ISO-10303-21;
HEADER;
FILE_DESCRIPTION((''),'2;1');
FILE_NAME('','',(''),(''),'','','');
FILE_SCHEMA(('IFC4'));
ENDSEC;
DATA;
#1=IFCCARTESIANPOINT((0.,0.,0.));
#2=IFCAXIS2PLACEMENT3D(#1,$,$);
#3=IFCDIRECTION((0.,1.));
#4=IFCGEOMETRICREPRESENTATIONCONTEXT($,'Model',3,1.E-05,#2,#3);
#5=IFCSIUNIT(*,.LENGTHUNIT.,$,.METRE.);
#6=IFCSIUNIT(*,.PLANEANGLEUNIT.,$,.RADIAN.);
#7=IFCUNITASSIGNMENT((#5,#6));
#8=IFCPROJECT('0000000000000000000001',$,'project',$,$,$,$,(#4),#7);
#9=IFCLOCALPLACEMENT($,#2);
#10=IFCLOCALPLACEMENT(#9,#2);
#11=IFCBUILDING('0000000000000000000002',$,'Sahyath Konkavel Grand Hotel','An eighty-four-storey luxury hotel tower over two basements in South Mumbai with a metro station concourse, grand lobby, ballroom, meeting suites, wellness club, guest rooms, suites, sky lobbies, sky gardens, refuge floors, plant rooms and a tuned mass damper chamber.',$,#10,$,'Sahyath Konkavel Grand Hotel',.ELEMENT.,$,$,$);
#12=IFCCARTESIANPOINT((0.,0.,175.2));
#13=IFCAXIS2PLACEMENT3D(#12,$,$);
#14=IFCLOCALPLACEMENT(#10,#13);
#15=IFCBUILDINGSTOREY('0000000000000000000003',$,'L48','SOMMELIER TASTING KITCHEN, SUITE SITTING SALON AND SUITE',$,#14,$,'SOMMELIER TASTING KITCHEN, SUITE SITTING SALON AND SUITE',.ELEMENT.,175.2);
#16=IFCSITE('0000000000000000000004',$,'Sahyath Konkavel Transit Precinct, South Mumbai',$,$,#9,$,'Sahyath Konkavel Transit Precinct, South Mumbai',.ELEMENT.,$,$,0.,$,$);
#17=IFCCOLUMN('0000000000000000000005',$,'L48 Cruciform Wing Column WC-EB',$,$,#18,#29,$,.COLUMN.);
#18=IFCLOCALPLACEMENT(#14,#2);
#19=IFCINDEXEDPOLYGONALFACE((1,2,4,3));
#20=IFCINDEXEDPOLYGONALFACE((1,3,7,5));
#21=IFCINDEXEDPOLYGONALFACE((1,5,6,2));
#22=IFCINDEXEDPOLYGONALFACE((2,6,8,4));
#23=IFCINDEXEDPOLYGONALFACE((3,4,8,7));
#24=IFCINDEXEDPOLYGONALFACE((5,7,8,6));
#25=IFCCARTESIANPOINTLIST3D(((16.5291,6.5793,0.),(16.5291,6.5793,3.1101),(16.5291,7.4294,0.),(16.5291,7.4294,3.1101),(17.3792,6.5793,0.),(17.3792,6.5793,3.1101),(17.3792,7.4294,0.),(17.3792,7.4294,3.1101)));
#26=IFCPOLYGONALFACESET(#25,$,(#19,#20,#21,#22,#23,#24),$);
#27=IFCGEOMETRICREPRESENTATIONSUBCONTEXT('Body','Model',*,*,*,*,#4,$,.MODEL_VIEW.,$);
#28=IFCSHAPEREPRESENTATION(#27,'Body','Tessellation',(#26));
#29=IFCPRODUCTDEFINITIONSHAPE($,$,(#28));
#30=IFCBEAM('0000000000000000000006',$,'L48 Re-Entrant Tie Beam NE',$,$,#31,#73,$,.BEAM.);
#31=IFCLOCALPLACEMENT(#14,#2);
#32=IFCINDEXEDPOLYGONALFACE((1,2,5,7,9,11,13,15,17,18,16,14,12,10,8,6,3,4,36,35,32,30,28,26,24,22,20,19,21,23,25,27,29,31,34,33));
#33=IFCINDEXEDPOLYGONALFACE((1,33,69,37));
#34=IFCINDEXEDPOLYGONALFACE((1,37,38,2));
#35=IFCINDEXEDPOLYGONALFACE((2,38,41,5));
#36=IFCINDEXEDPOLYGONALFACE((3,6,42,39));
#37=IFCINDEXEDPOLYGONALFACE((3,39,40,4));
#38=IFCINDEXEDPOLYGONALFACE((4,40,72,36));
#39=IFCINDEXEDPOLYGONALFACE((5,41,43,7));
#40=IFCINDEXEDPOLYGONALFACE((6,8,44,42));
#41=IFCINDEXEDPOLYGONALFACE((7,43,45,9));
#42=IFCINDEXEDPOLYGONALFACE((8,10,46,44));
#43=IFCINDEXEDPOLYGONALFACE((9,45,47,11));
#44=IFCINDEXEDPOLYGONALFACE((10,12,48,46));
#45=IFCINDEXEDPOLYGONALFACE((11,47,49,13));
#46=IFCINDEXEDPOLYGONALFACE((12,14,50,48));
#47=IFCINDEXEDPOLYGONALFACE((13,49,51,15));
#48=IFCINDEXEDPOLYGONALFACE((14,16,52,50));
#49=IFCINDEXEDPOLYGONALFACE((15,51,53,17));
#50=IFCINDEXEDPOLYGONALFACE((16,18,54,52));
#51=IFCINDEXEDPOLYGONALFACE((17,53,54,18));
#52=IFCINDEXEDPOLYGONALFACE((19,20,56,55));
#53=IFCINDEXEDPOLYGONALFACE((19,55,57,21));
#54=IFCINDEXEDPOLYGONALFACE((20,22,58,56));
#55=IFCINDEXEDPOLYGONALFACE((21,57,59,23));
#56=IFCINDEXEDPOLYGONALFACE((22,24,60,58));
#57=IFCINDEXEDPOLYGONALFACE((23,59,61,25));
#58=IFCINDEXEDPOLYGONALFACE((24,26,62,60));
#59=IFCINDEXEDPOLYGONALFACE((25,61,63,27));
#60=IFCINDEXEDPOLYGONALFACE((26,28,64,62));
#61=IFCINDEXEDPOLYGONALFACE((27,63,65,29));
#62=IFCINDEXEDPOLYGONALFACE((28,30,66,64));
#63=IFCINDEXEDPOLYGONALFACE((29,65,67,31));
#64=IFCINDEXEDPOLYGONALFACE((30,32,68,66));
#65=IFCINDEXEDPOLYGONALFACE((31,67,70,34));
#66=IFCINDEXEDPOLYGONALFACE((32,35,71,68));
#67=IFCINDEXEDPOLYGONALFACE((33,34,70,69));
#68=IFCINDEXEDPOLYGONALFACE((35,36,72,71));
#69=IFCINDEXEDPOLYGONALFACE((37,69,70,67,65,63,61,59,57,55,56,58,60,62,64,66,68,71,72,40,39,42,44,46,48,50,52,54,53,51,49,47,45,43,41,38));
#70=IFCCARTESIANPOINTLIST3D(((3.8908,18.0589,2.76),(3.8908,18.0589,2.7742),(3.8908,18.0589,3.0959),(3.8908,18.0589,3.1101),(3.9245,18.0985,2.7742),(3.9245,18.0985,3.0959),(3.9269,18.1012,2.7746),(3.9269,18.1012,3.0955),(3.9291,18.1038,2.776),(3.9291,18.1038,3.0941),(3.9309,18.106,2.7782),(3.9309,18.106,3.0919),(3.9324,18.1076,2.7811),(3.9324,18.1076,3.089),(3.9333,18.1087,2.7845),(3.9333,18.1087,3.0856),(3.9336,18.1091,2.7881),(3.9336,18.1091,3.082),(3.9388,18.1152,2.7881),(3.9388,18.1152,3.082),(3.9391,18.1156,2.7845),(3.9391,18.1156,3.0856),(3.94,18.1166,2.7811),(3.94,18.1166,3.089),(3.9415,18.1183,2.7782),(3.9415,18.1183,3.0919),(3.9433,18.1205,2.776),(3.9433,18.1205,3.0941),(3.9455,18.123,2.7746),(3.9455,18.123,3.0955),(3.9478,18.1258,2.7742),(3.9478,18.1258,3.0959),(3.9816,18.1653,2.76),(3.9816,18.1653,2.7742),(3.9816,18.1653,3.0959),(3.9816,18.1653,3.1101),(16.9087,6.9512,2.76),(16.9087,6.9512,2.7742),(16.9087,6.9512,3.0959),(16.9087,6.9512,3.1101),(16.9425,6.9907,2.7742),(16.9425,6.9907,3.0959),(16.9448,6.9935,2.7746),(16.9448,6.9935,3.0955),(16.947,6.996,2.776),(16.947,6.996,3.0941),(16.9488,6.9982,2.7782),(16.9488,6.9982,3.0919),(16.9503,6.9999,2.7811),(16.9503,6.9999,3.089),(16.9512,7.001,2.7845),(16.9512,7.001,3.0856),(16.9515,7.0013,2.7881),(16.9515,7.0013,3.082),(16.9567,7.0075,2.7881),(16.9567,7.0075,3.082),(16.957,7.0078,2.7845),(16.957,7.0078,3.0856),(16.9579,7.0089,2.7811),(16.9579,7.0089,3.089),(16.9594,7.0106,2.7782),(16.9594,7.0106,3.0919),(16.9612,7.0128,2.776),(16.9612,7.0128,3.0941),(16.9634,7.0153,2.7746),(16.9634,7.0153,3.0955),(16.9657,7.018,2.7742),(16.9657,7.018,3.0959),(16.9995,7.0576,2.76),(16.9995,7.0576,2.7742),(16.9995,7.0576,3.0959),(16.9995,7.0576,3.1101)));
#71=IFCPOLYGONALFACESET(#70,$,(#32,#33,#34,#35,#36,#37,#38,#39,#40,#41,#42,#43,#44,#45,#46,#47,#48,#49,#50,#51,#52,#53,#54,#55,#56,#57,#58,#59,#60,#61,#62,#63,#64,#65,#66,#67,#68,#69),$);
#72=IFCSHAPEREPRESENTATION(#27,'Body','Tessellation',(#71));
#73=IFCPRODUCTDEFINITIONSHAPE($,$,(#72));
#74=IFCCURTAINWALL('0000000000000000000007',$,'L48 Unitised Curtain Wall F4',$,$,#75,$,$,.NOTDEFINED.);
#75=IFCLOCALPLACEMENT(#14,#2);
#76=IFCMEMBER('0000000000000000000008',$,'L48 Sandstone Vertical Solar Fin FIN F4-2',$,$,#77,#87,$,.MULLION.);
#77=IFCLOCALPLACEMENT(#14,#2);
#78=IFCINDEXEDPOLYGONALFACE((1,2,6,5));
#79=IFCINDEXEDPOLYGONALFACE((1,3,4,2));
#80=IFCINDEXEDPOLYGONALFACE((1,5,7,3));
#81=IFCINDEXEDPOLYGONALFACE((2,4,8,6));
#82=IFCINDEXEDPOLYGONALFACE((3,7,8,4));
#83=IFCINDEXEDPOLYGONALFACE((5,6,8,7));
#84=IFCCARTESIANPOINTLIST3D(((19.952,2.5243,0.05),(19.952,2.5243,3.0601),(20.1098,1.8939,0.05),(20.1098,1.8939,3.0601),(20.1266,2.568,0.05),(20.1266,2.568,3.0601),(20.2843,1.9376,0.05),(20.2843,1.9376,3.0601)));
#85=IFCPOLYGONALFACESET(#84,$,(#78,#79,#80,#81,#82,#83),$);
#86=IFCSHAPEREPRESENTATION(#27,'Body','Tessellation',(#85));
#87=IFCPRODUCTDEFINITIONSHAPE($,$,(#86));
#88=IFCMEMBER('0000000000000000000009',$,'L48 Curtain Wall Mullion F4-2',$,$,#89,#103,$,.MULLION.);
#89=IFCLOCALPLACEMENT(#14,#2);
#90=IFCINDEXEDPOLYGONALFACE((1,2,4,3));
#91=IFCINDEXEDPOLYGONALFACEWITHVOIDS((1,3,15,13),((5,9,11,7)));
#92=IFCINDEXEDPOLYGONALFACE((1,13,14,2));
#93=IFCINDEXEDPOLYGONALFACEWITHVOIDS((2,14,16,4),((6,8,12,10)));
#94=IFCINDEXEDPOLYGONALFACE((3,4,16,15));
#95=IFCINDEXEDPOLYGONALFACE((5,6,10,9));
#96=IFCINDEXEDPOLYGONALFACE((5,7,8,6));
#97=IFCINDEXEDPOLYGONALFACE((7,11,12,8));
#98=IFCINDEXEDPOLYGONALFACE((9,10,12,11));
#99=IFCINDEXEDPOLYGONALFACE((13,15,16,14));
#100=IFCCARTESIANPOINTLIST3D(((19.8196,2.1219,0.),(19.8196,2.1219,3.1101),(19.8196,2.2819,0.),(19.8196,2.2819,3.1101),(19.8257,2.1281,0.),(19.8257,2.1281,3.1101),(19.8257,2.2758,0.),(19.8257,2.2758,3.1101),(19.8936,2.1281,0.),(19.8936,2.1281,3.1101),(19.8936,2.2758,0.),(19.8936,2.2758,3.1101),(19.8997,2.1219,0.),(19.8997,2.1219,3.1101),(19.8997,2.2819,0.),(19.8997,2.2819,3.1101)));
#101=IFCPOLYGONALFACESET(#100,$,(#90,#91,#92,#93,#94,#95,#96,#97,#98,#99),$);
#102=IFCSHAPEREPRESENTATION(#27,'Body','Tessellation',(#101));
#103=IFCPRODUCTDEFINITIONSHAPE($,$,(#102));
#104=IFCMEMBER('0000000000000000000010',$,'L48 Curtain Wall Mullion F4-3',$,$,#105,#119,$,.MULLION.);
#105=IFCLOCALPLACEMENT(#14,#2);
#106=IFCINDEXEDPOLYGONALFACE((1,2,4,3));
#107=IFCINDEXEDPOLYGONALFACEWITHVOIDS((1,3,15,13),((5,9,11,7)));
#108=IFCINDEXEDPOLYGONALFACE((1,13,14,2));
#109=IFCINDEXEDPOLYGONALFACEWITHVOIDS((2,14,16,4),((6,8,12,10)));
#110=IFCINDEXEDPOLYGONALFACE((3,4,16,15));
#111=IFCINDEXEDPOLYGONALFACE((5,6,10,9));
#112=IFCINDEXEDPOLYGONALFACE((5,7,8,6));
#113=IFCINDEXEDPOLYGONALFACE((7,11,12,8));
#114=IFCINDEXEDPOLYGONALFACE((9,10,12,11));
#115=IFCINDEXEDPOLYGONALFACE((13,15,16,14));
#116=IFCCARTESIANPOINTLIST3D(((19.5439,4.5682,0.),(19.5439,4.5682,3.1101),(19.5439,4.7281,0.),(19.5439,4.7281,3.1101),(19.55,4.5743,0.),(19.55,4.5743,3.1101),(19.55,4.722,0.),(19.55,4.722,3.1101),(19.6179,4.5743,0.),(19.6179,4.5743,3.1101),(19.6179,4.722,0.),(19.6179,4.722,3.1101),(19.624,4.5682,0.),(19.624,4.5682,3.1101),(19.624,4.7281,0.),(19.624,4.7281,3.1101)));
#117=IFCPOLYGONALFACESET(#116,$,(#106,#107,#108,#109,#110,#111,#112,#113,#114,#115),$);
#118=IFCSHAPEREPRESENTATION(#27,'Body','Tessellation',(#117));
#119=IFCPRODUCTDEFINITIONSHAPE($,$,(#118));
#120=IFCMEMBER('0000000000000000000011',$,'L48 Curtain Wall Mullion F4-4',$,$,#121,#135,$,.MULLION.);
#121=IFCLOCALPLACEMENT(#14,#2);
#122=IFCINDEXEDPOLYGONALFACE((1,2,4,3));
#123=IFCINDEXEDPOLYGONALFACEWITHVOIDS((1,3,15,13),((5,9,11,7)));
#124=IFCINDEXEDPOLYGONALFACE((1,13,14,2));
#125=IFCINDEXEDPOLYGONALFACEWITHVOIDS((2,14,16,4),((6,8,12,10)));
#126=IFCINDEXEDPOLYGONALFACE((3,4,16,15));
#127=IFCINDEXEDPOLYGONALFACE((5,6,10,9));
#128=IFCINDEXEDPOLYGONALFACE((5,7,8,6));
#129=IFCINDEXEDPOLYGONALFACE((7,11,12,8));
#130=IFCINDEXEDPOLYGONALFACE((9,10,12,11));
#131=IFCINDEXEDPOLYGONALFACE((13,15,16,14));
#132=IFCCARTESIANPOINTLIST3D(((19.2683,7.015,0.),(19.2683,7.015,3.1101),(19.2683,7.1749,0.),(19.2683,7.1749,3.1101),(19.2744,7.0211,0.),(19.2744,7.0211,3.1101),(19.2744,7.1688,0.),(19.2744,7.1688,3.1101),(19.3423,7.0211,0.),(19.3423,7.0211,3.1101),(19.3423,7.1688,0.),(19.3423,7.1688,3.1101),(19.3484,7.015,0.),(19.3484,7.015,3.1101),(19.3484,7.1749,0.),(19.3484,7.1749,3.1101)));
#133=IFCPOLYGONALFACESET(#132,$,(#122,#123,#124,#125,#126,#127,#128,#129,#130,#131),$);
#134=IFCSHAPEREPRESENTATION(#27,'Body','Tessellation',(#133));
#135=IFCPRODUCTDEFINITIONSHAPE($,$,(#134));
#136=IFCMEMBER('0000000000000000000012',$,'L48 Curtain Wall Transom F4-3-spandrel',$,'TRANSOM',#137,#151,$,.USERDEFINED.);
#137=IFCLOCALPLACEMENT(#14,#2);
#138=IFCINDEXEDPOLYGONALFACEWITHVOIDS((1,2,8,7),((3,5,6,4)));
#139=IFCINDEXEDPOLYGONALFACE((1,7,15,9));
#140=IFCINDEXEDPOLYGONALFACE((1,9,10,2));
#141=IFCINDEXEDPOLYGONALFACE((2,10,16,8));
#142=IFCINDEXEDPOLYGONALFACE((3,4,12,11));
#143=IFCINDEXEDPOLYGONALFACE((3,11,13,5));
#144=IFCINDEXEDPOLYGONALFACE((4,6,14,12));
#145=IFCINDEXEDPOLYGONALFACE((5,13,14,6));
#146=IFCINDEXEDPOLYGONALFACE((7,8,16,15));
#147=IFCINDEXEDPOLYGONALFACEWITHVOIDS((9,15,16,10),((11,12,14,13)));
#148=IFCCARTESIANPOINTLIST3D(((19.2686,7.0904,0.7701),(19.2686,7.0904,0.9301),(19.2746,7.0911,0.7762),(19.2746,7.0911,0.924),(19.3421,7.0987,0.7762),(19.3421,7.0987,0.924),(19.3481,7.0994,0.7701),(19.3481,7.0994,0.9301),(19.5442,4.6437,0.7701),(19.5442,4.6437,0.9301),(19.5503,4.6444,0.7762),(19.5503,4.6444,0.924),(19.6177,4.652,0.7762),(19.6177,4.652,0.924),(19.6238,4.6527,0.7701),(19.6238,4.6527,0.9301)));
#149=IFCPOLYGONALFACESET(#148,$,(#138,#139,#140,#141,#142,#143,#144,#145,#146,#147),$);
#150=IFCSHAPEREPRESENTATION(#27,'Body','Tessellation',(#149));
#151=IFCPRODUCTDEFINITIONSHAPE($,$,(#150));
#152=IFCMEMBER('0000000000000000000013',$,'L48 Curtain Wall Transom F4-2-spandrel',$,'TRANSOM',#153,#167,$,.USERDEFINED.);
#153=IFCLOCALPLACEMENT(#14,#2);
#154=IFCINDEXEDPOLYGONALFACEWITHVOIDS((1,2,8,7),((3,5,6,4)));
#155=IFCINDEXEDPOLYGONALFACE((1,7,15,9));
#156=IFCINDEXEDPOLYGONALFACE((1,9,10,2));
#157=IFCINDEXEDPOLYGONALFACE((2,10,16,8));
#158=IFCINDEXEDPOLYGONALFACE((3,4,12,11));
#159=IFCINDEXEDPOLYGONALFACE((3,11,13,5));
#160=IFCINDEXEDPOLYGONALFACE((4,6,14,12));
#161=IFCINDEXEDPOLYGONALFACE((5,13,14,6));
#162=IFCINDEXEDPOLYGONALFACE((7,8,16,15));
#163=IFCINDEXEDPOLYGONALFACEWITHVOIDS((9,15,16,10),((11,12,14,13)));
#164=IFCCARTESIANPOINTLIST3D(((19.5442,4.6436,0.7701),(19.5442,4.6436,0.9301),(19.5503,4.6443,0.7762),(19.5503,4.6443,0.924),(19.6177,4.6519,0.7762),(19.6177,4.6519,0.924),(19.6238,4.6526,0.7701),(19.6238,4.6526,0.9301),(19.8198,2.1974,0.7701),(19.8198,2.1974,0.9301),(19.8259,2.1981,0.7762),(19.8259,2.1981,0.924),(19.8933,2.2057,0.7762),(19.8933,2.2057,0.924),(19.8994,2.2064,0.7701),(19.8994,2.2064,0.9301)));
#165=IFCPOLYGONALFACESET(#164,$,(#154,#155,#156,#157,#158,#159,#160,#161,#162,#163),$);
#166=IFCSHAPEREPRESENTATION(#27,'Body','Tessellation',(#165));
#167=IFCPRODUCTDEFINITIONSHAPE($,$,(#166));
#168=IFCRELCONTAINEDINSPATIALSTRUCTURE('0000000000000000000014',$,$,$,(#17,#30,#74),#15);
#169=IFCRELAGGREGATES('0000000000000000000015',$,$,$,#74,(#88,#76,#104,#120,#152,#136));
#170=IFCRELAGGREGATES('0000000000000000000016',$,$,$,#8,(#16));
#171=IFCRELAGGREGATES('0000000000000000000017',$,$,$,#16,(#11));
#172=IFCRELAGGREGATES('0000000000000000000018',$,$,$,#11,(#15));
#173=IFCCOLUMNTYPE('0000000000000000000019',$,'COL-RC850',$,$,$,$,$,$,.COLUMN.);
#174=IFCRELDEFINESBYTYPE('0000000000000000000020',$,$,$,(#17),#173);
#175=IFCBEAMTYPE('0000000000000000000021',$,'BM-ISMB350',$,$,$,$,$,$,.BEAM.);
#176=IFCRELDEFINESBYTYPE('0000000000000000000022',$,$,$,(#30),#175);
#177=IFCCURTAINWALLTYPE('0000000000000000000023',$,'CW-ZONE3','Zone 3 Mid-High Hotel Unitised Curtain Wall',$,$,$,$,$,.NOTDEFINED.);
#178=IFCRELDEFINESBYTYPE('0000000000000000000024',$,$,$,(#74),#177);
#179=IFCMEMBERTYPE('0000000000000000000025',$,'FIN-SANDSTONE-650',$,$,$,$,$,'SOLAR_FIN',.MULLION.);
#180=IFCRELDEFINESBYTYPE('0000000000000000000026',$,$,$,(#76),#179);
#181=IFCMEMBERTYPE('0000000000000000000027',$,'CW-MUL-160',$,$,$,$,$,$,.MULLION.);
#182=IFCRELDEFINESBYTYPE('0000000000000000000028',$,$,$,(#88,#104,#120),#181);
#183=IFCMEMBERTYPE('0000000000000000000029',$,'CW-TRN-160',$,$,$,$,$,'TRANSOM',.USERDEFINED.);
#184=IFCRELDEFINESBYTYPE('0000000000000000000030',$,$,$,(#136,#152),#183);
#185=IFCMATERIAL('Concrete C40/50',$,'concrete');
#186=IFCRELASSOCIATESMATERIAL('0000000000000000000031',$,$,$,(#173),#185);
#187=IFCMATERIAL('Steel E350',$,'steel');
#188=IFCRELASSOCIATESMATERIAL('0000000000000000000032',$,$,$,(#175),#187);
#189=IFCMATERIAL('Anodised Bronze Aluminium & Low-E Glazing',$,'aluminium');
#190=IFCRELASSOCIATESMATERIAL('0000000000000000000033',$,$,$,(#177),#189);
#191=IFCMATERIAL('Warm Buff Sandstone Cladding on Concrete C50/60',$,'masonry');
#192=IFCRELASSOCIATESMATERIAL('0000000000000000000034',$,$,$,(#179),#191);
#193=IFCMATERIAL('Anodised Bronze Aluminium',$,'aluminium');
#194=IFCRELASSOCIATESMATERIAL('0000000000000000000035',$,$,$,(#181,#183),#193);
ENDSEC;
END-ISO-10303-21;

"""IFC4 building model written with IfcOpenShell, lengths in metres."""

from ifc_helpers import new_model, si_unit, direction, frame, origin, origin_2d, place, context, subcontext, project, spatial, rectangle, hollow_rectangle, i_section, extrude, source, transform, mapped, material, material_profile, profile_set, type_object, element, aggregate, save


model = new_model("IFC4")

# Units and contexts
model_context = context("Model", 3, precision=1e-05, world=origin(), true_north=direction((0.0, 1.0)))
body_context = subcontext(model_context, "Body", "Model", "MODEL_VIEW")
ifc_project = project(units=[si_unit("LENGTHUNIT", "METRE"), si_unit("PLANEANGLEUNIT", "RADIAN")], contexts=[model_context])

# Site, building, storey
site_placement = place(None, origin())
site = spatial("IfcSite", under=ifc_project, at=site_placement, Name="Sahyath Konkavel Transit Precinct, South Mumbai", LongName="Sahyath Konkavel Transit Precinct, South Mumbai", CompositionType="ELEMENT", RefElevation=0.0)
building_placement = place(site_placement, origin())
building = spatial("IfcBuilding", under=site, at=building_placement, Name="Sahyath Konkavel Grand Hotel", Description="An eighty-four-storey luxury hotel tower over two basements in South Mumbai with a metro station concourse, grand lobby, ballroom, meeting suites, wellness club, guest rooms, suites, sky lobbies, sky gardens, refuge floors, plant rooms and a tuned mass damper chamber.", LongName="Sahyath Konkavel Grand Hotel", CompositionType="ELEMENT")
storey_placement = place(building_placement, frame((0.0, 0.0, 175.2)))
storey = spatial("IfcBuildingStorey", under=building, at=storey_placement, Name="L48", Description="SOMMELIER TASTING KITCHEN, SUITE SITTING SALON AND SUITE", LongName="SOMMELIER TASTING KITCHEN, SUITE SITTING SALON AND SUITE", CompositionType="ELEMENT", Elevation=175.2)

# Column
ifc_material_1 = material(Name="Concrete C40/50", Category="concrete")
ifc_material_profile_1 = material_profile(ifc_material_1, rectangle(XDim=0.8501, YDim=0.8501, at=origin_2d()), Name="RC 850x850")
ifc_profile_set_1 = profile_set([ifc_material_profile_1], Name="Concrete C40/50")
column_type = type_object("IfcColumnType", Name="COL-RC850", PredefinedType="COLUMN", material=ifc_profile_set_1)
shared_shape_1 = source(origin(), body_context, "Body", "SweptSolid", [
    extrude(rectangle(XDim=0.8501, YDim=0.8501, at=origin_2d()), origin(), (0.0, 0.0, 1.0), 3.1101),
])
column_placement = place(storey_placement, frame((16.9541, 7.0044, 0.0), z_axis=(0.0, 0.0, 1.0), x_axis=(1.0, 0.0, 0.0)))
element("IfcColumn", 1, at=column_placement, inside=storey, type_object=column_type, Name="L48 Cruciform Wing Column WC-EB", PredefinedType="COLUMN", context=body_context, shape_type="MappedRepresentation", body=[
    mapped(shared_shape_1, transform((0.0, 0.0, 0.0), scale=1.0)),
])

# Beam
ifc_material_2 = material(Name="Steel E350", Category="steel")
ifc_material_profile_2 = material_profile(ifc_material_2, i_section(OverallWidth=0.1399, OverallDepth=0.3501, WebThickness=0.0081, FlangeThickness=0.0142, FilletRadius=0.0139, at=origin_2d()), Name="ISMB 350")
ifc_profile_set_2 = profile_set([ifc_material_profile_2], Name="Steel E350")
beam_type_1 = type_object("IfcBeamType", Name="BM-ISMB350", PredefinedType="BEAM", material=ifc_profile_set_2)
shared_shape_2 = source(origin(), body_context, "Body", "SweptSolid", [
    extrude(i_section(OverallWidth=0.1399, OverallDepth=0.3501, WebThickness=0.0081, FlangeThickness=0.0142, FilletRadius=0.0139, at=origin_2d()), origin(), (0.0, 0.0, 1.0), 17.1128),
])
beam_1_placement = place(storey_placement, frame((16.9541, 7.0044, 2.9351), z_axis=(-0.760712, 0.64909, 0.0), x_axis=(-0.64909, -0.760712, 0.0)))
element("IfcBeam", 2, at=beam_1_placement, inside=storey, type_object=beam_type_1, Name="L48 Re-Entrant Tie Beam NE", PredefinedType="BEAM", context=body_context, shape_type="MappedRepresentation", body=[
    mapped(shared_shape_2, transform((0.0, 0.0, 0.0), scale=1.0)),
])

# Curtain wall, members
ifc_material_3 = material(Name="Anodised Bronze Aluminium & Low-E Glazing", Category="aluminium")
curtain_wall_type = type_object("IfcCurtainWallType", Name="CW-ZONE3", Description="Zone 3 Mid-High Hotel Unitised Curtain Wall", PredefinedType="NOTDEFINED", material=ifc_material_3)
curtain_wall_placement = place(storey_placement, origin())
curtain_wall = element("IfcCurtainWall", 3, at=curtain_wall_placement, inside=storey, type_object=curtain_wall_type, Name="L48 Unitised Curtain Wall F4", PredefinedType="NOTDEFINED")
ifc_material_4 = material(Name="Warm Buff Sandstone Cladding on Concrete C50/60", Category="masonry")
ifc_material_profile_3 = material_profile(ifc_material_4, rectangle(XDim=0.1799, YDim=0.6499, at=origin_2d()), Name="FIN 180x650")
ifc_profile_set_3 = profile_set([ifc_material_profile_3], Name="Warm Buff Sandstone Cladding on Concrete C50/60")
member_type_1 = type_object("IfcMemberType", Name="FIN-SANDSTONE-650", ElementType="SOLAR_FIN", PredefinedType="MULLION", material=ifc_profile_set_3)
shared_shape_3 = source(origin(), body_context, "Body", "SweptSolid", [
    extrude(rectangle(XDim=0.1799, YDim=0.6499, at=origin_2d()), origin(), (0.0, 0.0, 1.0), 3.01),
])
member_1_placement = place(storey_placement, frame((20.1182, 2.231, 0.05), z_axis=(0.0, 0.0, 1.0), x_axis=(0.970084, 0.242769, 0.0)))
member_1 = element("IfcMember", 4, at=member_1_placement, type_object=member_type_1, Name="L48 Sandstone Vertical Solar Fin FIN F4-2", PredefinedType="MULLION", context=body_context, shape_type="MappedRepresentation", body=[
    mapped(shared_shape_3, transform((0.0, 0.0, 0.0), scale=1.0)),
])
ifc_material_5 = material(Name="Anodised Bronze Aluminium", Category="aluminium")
ifc_material_profile_4 = material_profile(ifc_material_5, hollow_rectangle(XDim=0.0801, YDim=0.1599, WallThickness=0.0061, at=origin_2d()), Name="RHS 160x80x6")
ifc_profile_set_4 = profile_set([ifc_material_profile_4], Name="Anodised Bronze Aluminium")
member_type_2 = type_object("IfcMemberType", Name="CW-MUL-160", PredefinedType="MULLION", material=ifc_profile_set_4)
shared_shape_4 = source(origin(), body_context, "Body", "SweptSolid", [
    extrude(hollow_rectangle(XDim=0.0801, YDim=0.1599, WallThickness=0.0061, at=origin_2d()), origin(), (0.0, 0.0, 1.0), 3.1101),
])
member_2_placement = place(storey_placement, frame((19.8596, 2.2019, 0.0), z_axis=(0.0, 0.0, 1.0), x_axis=(1.0, 0.0, 0.0)))
member_2 = element("IfcMember", 5, at=member_2_placement, type_object=member_type_2, Name="L48 Curtain Wall Mullion F4-2", PredefinedType="MULLION", context=body_context, shape_type="MappedRepresentation", body=[
    mapped(shared_shape_4, transform((0.0, 0.0, 0.0), scale=1.0)),
])
member_3_placement = place(storey_placement, frame((19.584, 4.6482, 0.0), z_axis=(0.0, 0.0, 1.0), x_axis=(1.0, 0.0, 0.0)))
member_3 = element("IfcMember", 6, at=member_3_placement, type_object=member_type_2, Name="L48 Curtain Wall Mullion F4-3", PredefinedType="MULLION", context=body_context, shape_type="MappedRepresentation", body=[
    mapped(shared_shape_4, transform((0.0, 0.0, 0.0), scale=1.0)),
])
member_4_placement = place(storey_placement, frame((19.3083, 7.095, 0.0), z_axis=(0.0, 0.0, 1.0), x_axis=(1.0, 0.0, 0.0)))
member_4 = element("IfcMember", 7, at=member_4_placement, type_object=member_type_2, Name="L48 Curtain Wall Mullion F4-4", PredefinedType="MULLION", context=body_context, shape_type="MappedRepresentation", body=[
    mapped(shared_shape_4, transform((0.0, 0.0, 0.0), scale=1.0)),
])
ifc_material_profile_5 = material_profile(ifc_material_5, hollow_rectangle(XDim=0.0801, YDim=0.1599, WallThickness=0.0061, at=origin_2d()), Name="RHS 160x80x6")
ifc_profile_set_5 = profile_set([ifc_material_profile_5], Name="Anodised Bronze Aluminium")
member_type_3 = type_object("IfcMemberType", Name="CW-TRN-160", ElementType="TRANSOM", PredefinedType="USERDEFINED", material=ifc_profile_set_5)
shared_shape_5 = source(origin(), body_context, "Body", "SweptSolid", [
    extrude(hollow_rectangle(XDim=0.0801, YDim=0.1599, WallThickness=0.0061, at=origin_2d()), origin(), (0.0, 0.0, 1.0), 2.4622),
])
member_5_placement = place(storey_placement, frame((19.584, 4.6482, 0.8501), z_axis=(-0.111944, 0.993715, 0.0), x_axis=(-0.993715, -0.111944, 0.0)))
member_5 = element("IfcMember", 8, at=member_5_placement, type_object=member_type_3, Name="L48 Curtain Wall Transom F4-3-spandrel", ObjectType="TRANSOM", PredefinedType="USERDEFINED", context=body_context, shape_type="MappedRepresentation", body=[
    mapped(shared_shape_5, transform((0.0, 0.0, 0.0), scale=1.0)),
])
shared_shape_6 = source(origin(), body_context, "Body", "SweptSolid", [
    extrude(hollow_rectangle(XDim=0.0801, YDim=0.1599, WallThickness=0.0061, at=origin_2d()), origin(), (0.0, 0.0, 1.0), 2.4617),
])
member_6_placement = place(storey_placement, frame((19.8596, 2.2019, 0.8501), z_axis=(-0.111966, 0.993712, 0.0), x_axis=(-0.993712, -0.111966, 0.0)))
member_6 = element("IfcMember", 9, at=member_6_placement, type_object=member_type_3, Name="L48 Curtain Wall Transom F4-2-spandrel", ObjectType="TRANSOM", PredefinedType="USERDEFINED", context=body_context, shape_type="MappedRepresentation", body=[
    mapped(shared_shape_6, transform((0.0, 0.0, 0.0), scale=1.0)),
])

aggregate(curtain_wall, [member_2, member_1, member_3, member_4, member_6, member_5])

save(model, "model.ifc")
